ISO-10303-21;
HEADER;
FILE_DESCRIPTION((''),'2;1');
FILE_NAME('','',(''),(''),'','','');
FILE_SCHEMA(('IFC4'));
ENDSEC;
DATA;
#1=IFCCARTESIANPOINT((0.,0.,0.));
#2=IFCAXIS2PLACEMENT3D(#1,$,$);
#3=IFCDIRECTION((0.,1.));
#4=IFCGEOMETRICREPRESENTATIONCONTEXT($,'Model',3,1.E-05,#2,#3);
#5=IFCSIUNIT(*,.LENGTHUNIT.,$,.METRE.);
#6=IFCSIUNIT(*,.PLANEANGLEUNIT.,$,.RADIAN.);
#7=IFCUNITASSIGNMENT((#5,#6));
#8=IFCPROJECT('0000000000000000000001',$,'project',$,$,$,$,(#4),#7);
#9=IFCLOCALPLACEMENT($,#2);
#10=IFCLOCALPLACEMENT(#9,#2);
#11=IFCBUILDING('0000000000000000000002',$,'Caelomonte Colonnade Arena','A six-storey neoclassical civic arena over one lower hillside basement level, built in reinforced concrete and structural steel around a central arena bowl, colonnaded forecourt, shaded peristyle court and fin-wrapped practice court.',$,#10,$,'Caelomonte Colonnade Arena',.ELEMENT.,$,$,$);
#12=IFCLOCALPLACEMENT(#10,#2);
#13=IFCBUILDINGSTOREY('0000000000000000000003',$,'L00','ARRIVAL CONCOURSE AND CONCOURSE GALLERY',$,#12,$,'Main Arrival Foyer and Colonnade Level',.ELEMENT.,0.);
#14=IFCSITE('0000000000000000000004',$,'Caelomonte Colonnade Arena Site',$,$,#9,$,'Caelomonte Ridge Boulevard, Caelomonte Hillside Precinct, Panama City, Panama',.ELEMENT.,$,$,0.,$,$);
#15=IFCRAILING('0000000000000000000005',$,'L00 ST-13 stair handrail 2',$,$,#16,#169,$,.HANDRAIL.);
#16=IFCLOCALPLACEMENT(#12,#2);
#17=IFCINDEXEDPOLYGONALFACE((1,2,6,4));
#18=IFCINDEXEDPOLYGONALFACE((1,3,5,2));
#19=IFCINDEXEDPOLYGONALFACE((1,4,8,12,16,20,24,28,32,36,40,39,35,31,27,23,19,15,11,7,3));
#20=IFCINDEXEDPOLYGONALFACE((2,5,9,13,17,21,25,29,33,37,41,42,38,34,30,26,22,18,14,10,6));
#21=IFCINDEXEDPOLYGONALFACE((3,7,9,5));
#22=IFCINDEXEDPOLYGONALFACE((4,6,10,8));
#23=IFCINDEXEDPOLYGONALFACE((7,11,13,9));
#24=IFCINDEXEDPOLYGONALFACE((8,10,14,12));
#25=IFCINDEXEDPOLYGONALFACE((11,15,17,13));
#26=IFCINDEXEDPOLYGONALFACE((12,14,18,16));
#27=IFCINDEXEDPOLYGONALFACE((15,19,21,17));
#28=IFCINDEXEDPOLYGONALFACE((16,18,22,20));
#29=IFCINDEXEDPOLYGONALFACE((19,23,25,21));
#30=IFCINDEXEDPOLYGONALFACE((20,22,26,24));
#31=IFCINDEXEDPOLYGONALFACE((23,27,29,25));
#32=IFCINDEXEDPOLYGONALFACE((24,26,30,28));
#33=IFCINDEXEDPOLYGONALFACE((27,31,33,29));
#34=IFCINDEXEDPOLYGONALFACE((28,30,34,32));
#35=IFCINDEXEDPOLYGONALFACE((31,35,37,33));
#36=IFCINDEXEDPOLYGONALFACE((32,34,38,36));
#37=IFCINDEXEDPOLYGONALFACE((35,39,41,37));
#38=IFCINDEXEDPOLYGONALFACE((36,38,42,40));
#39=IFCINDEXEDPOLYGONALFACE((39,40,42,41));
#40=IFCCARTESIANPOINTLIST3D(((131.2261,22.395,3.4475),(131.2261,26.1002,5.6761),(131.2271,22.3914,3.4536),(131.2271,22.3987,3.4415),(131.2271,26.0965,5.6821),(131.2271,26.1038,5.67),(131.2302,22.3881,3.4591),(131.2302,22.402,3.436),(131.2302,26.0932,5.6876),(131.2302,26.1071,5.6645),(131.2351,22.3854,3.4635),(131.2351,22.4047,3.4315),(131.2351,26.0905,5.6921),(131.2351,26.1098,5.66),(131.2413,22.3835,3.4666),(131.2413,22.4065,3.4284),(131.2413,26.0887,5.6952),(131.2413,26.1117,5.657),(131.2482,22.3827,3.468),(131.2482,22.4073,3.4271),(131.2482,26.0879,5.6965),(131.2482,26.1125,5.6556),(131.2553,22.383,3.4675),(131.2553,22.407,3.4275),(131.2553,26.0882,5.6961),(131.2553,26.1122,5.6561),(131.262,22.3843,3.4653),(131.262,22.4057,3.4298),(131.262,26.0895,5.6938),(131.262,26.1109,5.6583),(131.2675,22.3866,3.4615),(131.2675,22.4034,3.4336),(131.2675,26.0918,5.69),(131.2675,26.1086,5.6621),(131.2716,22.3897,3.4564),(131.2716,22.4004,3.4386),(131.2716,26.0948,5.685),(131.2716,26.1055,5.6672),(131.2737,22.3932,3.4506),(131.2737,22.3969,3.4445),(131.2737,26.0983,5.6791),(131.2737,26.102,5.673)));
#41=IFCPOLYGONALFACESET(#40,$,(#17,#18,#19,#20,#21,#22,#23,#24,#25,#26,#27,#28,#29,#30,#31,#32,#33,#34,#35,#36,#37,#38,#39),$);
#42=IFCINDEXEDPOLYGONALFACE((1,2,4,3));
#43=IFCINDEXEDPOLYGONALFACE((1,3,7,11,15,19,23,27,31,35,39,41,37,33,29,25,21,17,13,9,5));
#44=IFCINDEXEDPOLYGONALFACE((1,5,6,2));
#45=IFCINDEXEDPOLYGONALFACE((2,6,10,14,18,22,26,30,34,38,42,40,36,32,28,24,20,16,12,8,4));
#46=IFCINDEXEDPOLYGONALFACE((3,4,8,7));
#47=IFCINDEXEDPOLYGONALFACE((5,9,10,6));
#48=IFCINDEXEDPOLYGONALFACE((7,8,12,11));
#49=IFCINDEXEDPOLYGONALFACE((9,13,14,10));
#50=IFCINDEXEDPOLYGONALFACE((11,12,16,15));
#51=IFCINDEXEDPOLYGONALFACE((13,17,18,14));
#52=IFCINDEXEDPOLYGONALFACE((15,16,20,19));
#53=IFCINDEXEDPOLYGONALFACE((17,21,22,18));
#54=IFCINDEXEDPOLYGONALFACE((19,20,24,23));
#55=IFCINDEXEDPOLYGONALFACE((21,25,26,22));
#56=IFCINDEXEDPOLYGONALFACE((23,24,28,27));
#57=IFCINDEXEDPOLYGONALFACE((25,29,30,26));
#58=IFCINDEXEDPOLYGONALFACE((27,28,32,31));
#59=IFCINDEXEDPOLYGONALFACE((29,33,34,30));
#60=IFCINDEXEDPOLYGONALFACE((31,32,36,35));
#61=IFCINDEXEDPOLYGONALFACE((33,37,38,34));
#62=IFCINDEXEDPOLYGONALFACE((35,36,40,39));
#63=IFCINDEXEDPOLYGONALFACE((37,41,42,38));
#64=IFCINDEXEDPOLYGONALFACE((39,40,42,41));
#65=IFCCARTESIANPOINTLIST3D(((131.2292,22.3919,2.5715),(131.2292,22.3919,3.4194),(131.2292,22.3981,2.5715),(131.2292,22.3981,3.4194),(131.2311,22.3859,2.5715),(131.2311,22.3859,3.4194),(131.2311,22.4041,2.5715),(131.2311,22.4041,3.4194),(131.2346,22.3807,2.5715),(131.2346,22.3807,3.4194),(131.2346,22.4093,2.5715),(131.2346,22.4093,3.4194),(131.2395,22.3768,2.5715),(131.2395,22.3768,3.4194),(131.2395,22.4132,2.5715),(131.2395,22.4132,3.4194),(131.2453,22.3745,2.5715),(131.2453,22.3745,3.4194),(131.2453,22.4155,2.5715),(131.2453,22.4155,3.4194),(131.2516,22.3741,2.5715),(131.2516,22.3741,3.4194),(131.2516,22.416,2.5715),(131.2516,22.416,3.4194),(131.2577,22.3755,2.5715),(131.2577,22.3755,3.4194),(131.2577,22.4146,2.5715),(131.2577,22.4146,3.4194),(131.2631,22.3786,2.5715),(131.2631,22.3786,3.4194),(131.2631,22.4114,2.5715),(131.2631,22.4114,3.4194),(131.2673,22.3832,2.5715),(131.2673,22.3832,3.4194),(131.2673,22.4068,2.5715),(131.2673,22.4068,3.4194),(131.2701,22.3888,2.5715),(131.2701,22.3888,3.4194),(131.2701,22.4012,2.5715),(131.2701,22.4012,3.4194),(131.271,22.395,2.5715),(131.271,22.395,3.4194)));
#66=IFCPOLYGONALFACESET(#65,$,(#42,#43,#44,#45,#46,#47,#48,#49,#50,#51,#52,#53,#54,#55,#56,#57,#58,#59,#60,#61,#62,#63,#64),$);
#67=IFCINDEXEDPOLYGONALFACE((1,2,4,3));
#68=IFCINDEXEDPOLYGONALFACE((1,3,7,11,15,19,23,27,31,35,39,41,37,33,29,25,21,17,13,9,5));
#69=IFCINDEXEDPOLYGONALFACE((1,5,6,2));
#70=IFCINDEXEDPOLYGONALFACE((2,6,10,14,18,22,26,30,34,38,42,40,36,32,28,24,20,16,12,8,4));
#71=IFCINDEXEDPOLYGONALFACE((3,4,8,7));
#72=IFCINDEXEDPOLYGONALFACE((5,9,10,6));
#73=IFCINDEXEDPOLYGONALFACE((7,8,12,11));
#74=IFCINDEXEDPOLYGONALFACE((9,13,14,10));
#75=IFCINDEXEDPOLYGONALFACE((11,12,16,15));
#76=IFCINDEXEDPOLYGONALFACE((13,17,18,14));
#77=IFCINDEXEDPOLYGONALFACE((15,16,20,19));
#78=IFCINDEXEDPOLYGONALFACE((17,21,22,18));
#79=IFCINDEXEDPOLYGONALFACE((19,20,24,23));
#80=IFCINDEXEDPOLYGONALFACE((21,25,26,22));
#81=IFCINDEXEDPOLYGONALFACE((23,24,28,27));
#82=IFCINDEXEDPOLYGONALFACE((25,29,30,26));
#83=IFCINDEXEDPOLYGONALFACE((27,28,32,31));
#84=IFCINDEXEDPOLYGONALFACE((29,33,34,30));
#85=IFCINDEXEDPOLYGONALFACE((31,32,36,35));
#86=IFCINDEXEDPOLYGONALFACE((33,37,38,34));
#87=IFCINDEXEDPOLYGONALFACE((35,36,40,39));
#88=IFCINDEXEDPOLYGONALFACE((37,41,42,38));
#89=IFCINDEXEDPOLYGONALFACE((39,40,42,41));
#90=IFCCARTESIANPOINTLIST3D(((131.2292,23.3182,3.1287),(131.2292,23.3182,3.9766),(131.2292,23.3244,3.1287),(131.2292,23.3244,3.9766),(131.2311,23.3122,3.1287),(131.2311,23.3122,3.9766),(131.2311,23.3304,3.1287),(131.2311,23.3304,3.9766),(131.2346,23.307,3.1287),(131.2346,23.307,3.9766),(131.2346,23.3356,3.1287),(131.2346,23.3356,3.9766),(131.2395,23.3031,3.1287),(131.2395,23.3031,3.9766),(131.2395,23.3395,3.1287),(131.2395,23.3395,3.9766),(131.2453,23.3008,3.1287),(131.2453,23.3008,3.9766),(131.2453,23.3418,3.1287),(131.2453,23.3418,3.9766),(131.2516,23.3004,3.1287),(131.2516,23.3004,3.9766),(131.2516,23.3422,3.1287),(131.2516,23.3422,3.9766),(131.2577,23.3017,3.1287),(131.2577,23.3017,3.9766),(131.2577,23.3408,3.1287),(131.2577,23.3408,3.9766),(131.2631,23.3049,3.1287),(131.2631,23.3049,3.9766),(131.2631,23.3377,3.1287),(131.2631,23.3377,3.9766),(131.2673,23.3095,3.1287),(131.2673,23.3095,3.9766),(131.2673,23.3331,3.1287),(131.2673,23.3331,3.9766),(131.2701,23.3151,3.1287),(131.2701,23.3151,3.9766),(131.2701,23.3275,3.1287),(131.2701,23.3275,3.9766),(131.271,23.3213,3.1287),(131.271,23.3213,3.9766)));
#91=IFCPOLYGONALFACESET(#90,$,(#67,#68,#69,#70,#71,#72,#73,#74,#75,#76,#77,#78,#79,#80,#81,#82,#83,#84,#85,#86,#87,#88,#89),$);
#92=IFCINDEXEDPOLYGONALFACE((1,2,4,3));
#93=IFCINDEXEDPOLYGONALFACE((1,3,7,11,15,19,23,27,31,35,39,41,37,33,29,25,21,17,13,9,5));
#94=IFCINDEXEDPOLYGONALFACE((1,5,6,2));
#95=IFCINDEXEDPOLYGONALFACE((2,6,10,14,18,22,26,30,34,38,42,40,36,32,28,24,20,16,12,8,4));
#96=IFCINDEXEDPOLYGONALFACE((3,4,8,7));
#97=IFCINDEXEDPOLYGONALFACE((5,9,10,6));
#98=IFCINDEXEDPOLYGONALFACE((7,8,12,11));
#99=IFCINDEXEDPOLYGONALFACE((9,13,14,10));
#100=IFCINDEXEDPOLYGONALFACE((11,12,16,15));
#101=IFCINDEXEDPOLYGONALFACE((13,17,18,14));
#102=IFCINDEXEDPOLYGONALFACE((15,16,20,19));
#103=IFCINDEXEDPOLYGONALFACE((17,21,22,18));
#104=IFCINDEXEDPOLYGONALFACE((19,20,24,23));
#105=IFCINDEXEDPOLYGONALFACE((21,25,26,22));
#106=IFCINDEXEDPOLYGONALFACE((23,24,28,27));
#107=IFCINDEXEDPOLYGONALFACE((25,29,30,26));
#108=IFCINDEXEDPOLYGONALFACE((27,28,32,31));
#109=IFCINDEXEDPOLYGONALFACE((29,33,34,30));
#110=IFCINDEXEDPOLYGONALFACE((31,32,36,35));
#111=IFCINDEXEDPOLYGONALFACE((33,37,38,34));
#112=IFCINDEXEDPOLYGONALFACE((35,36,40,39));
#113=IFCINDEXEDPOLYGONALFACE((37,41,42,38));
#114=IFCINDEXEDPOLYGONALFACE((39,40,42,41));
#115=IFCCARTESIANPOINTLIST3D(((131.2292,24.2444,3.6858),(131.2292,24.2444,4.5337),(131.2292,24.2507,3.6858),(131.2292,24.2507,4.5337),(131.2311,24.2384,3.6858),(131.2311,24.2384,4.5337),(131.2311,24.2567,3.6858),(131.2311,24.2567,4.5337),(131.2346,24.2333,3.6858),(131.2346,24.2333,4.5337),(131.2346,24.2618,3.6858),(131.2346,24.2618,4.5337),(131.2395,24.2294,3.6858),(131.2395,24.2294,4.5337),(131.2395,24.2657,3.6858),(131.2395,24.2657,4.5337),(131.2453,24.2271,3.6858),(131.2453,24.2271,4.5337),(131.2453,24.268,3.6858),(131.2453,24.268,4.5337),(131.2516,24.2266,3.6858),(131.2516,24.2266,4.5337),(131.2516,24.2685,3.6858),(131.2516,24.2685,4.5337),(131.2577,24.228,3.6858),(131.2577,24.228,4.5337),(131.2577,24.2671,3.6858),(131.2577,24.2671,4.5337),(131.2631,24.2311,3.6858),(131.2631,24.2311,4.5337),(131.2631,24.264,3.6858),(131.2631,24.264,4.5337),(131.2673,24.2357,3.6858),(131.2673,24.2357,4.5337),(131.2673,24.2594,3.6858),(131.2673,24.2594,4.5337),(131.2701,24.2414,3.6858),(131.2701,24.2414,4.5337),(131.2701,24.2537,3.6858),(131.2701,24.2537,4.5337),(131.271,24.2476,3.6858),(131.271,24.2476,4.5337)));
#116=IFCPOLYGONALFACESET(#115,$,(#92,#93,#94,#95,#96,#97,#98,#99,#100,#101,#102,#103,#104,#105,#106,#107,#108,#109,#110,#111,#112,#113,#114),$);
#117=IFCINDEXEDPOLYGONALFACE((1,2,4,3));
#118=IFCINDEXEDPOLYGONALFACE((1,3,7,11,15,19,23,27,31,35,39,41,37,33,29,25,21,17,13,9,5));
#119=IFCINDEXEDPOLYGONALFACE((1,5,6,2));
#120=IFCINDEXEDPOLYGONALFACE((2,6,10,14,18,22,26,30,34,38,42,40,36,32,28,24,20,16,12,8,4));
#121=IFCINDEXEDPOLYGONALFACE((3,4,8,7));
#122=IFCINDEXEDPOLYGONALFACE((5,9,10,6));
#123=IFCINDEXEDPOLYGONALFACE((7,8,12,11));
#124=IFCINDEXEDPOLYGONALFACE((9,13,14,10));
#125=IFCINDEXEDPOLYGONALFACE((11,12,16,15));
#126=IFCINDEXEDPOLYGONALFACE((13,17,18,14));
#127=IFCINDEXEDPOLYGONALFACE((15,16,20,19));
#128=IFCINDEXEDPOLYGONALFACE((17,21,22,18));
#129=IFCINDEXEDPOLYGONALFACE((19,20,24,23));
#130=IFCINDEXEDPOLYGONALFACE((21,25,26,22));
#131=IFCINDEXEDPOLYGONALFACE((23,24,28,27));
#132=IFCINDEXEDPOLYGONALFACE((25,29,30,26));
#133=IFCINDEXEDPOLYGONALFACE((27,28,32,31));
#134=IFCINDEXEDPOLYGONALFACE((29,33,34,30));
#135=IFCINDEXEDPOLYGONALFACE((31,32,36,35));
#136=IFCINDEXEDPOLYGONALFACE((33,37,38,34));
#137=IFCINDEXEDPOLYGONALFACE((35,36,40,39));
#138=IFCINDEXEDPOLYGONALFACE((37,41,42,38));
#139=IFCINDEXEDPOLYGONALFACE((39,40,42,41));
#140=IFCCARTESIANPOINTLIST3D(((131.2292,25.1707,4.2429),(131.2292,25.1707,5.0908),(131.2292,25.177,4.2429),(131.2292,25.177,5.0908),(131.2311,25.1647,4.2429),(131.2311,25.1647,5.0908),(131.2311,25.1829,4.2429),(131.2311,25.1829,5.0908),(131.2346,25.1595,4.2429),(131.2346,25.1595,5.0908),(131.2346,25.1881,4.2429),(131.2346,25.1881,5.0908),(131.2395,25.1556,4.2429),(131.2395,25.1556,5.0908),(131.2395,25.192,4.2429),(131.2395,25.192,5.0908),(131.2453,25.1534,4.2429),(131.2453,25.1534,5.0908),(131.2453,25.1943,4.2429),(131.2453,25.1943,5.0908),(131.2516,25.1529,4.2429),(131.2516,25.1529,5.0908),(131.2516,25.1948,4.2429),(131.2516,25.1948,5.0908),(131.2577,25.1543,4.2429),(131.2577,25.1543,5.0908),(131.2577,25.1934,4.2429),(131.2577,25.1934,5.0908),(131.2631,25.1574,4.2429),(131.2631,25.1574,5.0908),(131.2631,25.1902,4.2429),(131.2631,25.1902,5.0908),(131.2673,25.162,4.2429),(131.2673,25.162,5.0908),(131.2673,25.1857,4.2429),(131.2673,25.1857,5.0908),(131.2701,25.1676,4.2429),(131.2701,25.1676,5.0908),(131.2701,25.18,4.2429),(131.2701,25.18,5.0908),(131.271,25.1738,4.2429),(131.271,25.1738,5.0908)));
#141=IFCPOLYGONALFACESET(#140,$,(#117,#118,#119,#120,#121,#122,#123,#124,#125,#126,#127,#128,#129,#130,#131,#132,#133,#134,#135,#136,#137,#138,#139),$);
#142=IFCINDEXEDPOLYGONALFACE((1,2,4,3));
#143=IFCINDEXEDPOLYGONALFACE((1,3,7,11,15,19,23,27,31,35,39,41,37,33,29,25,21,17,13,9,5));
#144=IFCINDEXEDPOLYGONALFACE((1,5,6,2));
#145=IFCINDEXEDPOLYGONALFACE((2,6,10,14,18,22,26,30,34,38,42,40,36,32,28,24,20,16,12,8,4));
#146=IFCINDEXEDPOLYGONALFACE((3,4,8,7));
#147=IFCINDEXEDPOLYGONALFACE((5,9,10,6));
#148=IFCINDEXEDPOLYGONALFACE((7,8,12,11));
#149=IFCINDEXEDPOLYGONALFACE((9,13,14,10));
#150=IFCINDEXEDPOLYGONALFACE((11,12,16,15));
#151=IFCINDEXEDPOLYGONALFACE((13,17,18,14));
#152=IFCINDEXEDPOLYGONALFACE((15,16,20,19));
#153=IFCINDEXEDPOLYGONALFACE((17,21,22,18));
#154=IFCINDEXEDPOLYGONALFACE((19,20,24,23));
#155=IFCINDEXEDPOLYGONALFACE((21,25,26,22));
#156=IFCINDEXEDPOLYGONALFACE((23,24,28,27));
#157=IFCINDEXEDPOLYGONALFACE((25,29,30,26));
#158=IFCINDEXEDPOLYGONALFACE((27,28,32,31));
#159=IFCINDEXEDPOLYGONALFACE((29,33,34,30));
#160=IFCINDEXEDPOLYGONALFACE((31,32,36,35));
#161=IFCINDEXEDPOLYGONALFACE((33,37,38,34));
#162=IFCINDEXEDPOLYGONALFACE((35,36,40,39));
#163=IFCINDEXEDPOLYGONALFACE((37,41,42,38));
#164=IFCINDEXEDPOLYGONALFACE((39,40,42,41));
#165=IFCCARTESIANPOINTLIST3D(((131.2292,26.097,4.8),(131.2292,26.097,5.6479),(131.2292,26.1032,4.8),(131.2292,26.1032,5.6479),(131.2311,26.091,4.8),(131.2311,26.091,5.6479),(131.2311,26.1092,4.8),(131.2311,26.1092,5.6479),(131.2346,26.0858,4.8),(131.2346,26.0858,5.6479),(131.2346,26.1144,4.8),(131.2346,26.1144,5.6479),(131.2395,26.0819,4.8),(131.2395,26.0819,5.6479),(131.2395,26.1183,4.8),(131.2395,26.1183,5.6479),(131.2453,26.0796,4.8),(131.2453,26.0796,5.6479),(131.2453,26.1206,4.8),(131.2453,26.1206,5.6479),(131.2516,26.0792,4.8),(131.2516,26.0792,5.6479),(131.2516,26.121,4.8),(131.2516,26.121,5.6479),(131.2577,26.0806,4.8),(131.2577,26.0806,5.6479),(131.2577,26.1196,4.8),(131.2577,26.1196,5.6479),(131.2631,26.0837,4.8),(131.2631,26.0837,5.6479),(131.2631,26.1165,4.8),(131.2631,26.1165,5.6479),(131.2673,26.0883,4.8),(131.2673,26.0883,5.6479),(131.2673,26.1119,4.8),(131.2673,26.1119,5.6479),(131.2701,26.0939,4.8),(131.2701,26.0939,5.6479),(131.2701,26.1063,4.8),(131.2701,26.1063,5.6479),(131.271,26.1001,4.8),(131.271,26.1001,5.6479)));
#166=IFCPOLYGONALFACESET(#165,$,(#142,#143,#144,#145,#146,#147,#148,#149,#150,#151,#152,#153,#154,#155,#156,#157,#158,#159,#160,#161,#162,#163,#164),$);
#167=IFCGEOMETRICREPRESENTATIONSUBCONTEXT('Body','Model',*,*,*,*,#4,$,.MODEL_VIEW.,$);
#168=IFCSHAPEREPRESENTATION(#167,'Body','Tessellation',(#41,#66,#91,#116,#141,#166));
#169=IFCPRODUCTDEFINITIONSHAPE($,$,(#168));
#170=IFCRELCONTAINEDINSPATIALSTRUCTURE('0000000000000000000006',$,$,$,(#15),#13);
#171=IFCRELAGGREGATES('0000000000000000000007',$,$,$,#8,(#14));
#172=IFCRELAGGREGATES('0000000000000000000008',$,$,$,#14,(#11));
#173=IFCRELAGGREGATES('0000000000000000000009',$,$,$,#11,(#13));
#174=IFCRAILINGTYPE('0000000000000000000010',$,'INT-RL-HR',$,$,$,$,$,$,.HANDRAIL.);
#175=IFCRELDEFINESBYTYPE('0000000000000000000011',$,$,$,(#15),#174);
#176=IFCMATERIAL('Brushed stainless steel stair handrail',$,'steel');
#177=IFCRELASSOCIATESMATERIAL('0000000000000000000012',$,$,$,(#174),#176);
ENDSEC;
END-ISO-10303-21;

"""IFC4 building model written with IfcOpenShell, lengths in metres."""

from ifc_helpers import new_model, si_unit, direction, frame, origin, origin_2d, place, context, subcontext, project, spatial, circle, extrude, material, type_object, element, save


model = new_model("IFC4")

# Units and contexts
model_context = context("Model", 3, precision=1e-05, world=origin(), true_north=direction((0.0, 1.0)))
body_context = subcontext(model_context, "Body", "Model", "MODEL_VIEW")
ifc_project = project(units=[si_unit("LENGTHUNIT", "METRE"), si_unit("PLANEANGLEUNIT", "RADIAN")], contexts=[model_context])

# Site, building, storey
site_placement = place(None, origin())
site = spatial("IfcSite", under=ifc_project, at=site_placement, Name="Caelomonte Colonnade Arena Site", LongName="Caelomonte Ridge Boulevard, Caelomonte Hillside Precinct, Panama City, Panama", CompositionType="ELEMENT", RefElevation=0.0)
building_placement = place(site_placement, origin())
building = spatial("IfcBuilding", under=site, at=building_placement, Name="Caelomonte Colonnade Arena", Description="A six-storey neoclassical civic arena over one lower hillside basement level, built in reinforced concrete and structural steel around a central arena bowl, colonnaded forecourt, shaded peristyle court and fin-wrapped practice court.", LongName="Caelomonte Colonnade Arena", CompositionType="ELEMENT")
storey_placement = place(building_placement, origin())
storey = spatial("IfcBuildingStorey", under=building, at=storey_placement, Name="L00", Description="ARRIVAL CONCOURSE AND CONCOURSE GALLERY", LongName="Main Arrival Foyer and Colonnade Level", CompositionType="ELEMENT", Elevation=0.0)

# Railing
ifc_material_1 = material(Name="Brushed stainless steel stair handrail", Category="steel")
railing_type_1 = type_object("IfcRailingType", Name="INT-RL-HR", PredefinedType="HANDRAIL", material=ifc_material_1)
railing_1_placement = place(storey_placement, frame((131.25, 22.395, 2.5715)))
element("IfcRailing", 1, at=railing_1_placement, inside=storey, type_object=railing_type_1, Name="L00 ST-13 stair handrail 2", PredefinedType="HANDRAIL", context=body_context, shape_type="SweptSolid", body=[
    extrude(circle(Radius=0.0239, at=origin_2d()), frame((0.0, 0.0, 0.876), z_axis=(0.0, 0.856934, 0.515425), x_axis=(-1.0, 0.0, 0.0)), (0.0, 0.0, 1.0), 4.3237),
    extrude(circle(Radius=0.021, at=origin_2d()), origin(), (0.0, 0.0, 1.0), 0.8479),
    extrude(circle(Radius=0.021, at=origin_2d()), frame((0.0, 0.9263, 0.5571)), (0.0, 0.0, 1.0), 0.8479),
    extrude(circle(Radius=0.021, at=origin_2d()), frame((0.0, 1.8525, 1.1143)), (0.0, 0.0, 1.0), 0.8479),
    extrude(circle(Radius=0.021, at=origin_2d()), frame((0.0, 2.7788, 1.6714)), (0.0, 0.0, 1.0), 0.8479),
    extrude(circle(Radius=0.021, at=origin_2d()), frame((0.0, 3.7051, 2.2285)), (0.0, 0.0, 1.0), 0.8479),
])

save(model, "model.ifc")
